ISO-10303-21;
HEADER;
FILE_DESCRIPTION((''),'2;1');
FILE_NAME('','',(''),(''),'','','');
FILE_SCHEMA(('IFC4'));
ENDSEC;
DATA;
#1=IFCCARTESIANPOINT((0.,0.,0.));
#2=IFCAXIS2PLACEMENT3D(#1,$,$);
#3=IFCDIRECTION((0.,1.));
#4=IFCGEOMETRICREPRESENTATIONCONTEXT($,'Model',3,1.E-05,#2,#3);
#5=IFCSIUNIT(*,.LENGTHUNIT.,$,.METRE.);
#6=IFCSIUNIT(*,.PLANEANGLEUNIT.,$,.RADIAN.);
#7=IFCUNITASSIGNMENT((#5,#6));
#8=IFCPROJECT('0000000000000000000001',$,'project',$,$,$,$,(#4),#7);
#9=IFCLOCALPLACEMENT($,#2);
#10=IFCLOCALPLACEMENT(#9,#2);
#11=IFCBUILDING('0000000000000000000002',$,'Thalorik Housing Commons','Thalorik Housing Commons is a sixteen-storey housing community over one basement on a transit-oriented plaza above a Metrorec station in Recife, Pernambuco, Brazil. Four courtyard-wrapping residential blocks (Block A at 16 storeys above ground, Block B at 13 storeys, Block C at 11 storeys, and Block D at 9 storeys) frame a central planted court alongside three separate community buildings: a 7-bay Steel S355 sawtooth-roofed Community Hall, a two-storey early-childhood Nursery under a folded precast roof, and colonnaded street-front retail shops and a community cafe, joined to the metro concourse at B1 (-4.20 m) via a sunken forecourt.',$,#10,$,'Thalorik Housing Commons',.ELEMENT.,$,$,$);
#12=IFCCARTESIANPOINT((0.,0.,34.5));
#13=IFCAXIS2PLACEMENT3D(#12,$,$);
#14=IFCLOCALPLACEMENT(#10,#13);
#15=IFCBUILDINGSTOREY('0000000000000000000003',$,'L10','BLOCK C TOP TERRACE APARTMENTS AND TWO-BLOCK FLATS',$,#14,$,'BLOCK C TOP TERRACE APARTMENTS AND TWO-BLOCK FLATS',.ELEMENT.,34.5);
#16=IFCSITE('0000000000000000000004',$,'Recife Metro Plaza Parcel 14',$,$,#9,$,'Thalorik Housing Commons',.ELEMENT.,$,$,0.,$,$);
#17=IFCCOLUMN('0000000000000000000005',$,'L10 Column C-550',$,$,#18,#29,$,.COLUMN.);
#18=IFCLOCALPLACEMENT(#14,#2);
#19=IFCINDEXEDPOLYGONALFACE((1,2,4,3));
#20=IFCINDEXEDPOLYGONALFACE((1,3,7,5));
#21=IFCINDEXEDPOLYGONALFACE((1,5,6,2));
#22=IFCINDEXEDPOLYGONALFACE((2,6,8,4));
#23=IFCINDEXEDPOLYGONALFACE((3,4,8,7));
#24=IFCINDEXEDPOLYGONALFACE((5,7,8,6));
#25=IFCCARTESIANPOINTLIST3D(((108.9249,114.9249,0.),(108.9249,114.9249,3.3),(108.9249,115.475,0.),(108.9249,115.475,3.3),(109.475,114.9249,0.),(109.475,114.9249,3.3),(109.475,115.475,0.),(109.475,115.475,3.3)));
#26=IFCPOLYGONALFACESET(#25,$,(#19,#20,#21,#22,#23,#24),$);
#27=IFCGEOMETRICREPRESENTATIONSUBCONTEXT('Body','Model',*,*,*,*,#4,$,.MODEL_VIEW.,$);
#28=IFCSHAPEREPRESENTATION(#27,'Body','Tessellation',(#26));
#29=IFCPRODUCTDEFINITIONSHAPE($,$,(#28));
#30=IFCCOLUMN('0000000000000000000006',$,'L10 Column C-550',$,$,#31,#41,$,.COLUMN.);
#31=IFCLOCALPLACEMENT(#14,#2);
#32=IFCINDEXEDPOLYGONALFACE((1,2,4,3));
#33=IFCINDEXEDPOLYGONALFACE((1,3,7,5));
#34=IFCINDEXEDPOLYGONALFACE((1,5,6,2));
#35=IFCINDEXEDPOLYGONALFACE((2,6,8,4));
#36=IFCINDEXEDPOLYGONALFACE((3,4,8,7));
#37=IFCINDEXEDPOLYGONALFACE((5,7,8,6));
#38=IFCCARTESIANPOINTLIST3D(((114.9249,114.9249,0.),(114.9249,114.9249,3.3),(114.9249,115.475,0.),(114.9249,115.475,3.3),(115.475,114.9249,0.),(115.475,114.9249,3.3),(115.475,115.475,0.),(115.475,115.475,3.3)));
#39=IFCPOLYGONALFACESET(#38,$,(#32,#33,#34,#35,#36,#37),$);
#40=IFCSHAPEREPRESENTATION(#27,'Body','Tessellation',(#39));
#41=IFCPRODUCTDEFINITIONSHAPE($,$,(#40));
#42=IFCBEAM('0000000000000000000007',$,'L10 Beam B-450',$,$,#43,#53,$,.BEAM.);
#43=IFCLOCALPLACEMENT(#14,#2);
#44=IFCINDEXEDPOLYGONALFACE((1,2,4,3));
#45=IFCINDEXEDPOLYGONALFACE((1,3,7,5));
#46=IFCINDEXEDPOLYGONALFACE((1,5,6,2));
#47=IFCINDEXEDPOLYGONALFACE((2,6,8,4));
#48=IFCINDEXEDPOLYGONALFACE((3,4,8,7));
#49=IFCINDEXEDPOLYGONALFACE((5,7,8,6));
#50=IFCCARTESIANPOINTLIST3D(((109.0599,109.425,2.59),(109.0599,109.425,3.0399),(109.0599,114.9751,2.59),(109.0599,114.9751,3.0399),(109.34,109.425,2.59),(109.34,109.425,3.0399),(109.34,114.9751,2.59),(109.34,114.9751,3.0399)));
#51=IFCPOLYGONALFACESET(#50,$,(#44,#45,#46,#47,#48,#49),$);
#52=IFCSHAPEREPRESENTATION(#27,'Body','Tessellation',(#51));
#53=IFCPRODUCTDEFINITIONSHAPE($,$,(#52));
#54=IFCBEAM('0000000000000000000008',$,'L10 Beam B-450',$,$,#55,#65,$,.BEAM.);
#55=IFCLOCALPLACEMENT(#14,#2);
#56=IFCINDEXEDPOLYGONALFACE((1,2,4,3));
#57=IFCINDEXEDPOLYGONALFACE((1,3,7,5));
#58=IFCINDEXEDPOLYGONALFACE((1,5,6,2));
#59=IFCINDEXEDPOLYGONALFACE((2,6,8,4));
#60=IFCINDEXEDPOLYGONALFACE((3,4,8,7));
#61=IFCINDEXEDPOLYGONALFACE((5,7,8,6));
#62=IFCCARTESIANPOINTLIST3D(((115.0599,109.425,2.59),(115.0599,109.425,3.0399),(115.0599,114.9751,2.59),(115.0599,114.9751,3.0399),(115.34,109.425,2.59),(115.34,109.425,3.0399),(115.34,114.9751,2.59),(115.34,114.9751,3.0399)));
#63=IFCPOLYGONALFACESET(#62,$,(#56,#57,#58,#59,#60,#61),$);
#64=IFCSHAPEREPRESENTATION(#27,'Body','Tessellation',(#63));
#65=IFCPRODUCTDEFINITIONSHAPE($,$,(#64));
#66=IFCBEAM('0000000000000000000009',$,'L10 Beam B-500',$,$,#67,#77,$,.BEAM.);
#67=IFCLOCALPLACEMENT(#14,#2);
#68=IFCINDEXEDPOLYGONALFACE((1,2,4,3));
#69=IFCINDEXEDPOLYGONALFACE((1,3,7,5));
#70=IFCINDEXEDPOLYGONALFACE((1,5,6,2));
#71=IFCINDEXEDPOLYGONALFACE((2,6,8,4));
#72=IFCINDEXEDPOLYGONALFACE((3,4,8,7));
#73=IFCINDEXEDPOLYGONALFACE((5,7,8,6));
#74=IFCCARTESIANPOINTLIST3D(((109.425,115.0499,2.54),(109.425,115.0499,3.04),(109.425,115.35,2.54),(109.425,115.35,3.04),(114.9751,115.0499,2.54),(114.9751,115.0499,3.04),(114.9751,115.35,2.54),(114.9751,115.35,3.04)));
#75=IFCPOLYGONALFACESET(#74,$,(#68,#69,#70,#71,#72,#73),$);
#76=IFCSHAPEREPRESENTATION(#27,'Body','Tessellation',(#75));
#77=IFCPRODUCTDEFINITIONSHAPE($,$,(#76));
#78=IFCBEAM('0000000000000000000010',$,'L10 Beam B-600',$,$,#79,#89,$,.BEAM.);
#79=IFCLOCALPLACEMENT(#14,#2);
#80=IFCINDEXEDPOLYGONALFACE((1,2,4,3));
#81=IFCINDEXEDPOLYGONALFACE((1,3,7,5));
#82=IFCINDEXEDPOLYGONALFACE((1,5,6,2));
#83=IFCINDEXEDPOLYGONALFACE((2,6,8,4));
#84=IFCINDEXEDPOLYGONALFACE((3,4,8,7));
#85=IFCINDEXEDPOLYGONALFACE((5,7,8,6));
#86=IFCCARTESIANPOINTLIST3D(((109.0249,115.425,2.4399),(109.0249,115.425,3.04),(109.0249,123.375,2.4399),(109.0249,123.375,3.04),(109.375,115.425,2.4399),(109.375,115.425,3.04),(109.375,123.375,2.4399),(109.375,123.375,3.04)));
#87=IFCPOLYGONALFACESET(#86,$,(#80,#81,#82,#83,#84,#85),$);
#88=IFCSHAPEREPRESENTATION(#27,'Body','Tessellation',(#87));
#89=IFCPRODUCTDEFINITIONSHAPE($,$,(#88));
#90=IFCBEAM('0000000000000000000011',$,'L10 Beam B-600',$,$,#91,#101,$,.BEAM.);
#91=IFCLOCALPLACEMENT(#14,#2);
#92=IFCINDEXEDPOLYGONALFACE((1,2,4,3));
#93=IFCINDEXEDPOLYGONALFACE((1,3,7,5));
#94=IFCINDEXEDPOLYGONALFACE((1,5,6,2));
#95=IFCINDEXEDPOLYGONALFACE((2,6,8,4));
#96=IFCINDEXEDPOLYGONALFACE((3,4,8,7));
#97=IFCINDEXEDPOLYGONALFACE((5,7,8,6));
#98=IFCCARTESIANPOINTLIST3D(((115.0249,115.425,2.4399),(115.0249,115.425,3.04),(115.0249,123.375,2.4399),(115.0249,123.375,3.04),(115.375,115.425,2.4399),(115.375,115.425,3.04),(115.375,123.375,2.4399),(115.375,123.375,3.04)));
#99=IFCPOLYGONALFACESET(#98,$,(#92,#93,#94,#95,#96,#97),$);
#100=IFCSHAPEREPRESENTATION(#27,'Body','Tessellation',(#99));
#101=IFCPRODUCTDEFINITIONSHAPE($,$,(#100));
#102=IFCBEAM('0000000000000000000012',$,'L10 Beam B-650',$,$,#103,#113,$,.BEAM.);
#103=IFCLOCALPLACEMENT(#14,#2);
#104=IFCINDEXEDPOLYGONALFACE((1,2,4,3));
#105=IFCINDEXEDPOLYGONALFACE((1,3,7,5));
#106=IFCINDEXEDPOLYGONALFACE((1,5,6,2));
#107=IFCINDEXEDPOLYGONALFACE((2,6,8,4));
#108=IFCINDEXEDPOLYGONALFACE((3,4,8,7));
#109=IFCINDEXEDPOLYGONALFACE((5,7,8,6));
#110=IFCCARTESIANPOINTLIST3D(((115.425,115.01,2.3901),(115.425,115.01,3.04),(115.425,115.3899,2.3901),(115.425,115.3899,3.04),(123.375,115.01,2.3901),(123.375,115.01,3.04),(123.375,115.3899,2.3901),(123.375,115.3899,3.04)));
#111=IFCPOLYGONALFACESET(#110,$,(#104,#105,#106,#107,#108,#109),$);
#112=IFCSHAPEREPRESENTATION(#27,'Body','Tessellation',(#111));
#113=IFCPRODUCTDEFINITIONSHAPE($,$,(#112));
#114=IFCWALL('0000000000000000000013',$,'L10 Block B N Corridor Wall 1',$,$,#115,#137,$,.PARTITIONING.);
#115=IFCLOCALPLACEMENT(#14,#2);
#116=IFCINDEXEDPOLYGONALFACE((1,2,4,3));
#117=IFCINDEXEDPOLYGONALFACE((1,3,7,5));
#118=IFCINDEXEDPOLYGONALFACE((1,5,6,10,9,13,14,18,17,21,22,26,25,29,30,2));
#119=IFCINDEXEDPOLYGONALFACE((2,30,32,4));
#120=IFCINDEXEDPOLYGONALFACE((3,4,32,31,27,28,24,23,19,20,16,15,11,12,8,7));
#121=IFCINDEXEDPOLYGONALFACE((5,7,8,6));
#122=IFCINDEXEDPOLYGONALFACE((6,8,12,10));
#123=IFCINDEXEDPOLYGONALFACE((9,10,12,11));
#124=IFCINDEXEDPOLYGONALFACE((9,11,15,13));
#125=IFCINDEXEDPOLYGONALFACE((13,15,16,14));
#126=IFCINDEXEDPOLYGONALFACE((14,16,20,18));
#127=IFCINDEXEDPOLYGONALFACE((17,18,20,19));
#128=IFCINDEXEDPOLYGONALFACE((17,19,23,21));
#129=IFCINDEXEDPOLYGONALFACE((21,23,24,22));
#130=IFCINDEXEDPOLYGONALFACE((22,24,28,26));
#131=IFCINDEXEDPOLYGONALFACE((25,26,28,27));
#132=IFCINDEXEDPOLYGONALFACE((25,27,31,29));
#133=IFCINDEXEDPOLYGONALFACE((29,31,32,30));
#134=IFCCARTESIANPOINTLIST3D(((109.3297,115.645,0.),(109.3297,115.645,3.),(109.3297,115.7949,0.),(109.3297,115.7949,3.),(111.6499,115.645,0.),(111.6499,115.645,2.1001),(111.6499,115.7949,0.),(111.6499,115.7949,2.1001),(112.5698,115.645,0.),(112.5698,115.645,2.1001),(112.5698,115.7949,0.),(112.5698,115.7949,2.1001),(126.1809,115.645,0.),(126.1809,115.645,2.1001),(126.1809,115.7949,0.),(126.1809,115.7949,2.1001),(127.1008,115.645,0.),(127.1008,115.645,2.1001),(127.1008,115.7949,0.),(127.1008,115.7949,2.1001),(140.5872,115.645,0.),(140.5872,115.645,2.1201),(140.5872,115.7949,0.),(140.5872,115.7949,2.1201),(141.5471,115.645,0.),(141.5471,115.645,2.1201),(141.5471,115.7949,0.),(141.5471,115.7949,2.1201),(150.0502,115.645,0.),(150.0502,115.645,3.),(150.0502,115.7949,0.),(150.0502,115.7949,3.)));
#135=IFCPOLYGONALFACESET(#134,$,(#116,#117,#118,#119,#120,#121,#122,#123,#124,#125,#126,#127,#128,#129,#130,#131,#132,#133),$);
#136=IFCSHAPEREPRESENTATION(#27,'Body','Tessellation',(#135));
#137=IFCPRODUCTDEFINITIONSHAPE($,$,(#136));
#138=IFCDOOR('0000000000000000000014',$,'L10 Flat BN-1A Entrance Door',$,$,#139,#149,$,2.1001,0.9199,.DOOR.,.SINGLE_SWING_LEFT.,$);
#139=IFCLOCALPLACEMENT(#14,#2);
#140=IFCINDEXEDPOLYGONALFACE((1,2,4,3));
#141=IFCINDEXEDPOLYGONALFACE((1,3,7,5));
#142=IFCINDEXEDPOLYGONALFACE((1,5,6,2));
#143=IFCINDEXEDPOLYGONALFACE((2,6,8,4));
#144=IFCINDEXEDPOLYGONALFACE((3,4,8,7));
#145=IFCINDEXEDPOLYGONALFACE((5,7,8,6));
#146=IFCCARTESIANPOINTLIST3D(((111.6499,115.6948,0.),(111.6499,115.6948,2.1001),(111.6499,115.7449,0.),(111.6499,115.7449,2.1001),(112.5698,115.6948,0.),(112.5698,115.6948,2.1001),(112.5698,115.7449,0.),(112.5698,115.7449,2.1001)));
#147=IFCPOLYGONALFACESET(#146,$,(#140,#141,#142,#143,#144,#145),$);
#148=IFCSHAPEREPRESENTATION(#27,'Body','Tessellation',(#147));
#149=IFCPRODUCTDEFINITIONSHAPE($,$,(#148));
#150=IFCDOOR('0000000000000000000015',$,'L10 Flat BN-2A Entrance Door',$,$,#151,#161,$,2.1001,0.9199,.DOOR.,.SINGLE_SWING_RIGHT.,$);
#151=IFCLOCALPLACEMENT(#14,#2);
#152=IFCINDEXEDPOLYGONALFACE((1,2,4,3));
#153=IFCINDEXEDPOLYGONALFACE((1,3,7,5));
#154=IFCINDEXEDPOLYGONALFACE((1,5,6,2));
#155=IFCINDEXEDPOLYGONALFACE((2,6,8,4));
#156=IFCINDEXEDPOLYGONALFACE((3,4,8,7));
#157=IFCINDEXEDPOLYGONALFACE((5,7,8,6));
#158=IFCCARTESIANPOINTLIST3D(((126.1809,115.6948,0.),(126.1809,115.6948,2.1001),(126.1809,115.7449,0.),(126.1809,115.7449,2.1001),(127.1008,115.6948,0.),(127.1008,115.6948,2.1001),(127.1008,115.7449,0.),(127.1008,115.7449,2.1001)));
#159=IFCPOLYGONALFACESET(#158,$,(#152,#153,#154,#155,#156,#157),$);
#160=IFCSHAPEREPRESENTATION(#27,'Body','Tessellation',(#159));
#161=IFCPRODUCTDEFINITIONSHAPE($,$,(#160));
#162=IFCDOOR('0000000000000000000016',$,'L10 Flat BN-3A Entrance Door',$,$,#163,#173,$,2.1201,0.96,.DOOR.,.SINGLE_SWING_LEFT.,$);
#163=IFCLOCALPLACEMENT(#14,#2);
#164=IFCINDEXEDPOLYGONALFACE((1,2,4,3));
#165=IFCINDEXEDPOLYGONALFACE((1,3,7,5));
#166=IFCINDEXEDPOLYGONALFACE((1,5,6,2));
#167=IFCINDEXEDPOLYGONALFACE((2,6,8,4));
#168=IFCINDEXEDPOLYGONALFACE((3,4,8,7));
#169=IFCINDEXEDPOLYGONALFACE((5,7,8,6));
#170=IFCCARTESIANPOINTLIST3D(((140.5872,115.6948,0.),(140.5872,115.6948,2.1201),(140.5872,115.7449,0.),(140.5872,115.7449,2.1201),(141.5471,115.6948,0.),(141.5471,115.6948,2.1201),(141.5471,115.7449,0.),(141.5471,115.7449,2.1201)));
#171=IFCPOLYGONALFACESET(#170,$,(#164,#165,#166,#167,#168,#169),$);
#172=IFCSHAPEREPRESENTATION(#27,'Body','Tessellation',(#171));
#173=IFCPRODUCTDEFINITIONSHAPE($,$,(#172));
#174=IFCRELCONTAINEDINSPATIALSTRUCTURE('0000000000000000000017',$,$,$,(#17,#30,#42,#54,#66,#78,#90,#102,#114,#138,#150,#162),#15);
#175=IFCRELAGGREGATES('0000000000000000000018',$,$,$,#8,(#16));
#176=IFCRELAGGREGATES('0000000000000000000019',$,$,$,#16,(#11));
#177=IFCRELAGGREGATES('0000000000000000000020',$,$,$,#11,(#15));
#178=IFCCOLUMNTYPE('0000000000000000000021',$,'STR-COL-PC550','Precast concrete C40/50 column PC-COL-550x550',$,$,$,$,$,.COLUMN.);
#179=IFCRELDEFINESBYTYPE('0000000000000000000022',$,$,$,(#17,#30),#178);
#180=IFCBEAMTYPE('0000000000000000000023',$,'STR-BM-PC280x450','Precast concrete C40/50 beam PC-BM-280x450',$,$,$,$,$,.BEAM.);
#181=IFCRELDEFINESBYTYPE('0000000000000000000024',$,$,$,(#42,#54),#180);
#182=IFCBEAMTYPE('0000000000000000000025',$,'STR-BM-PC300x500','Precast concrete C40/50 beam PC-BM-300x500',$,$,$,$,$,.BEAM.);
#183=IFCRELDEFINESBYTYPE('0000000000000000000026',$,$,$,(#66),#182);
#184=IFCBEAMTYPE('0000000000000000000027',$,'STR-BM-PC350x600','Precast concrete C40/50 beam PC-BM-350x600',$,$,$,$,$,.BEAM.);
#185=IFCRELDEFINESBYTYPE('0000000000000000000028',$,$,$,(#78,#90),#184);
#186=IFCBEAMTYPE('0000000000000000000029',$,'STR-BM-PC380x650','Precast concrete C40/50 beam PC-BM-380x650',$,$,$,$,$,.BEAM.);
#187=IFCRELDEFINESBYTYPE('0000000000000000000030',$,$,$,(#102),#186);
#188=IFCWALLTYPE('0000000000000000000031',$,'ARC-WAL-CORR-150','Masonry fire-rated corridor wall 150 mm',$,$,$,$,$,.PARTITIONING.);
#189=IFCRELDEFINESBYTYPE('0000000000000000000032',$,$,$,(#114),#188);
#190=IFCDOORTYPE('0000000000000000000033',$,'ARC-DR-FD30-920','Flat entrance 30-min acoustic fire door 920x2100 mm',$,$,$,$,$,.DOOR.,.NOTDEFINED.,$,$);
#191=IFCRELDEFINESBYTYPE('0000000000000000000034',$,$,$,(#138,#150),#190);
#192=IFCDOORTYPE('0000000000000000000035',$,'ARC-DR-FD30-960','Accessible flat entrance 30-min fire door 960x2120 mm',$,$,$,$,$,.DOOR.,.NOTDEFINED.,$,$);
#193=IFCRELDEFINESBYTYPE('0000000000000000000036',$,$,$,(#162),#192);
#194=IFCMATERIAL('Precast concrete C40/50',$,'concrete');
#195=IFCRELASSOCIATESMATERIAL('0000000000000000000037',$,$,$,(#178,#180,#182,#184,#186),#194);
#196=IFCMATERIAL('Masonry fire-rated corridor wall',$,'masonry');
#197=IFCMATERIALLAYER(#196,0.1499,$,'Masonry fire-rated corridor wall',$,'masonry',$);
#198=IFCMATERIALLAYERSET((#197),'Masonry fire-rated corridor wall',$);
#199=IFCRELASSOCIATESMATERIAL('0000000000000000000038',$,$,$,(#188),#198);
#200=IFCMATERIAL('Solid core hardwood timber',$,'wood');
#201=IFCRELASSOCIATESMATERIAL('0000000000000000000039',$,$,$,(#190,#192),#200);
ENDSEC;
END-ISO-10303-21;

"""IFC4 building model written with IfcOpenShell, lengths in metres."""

from ifc_helpers import new_model, si_unit, direction, frame, frame_2d, origin, origin_2d, place, context, subcontext, project, spatial, rectangle, extrude, material, layer, layer_set, material_profile, profile_set, type_object, element, fill, save


model = new_model("IFC4")

# Units and contexts
model_context = context("Model", 3, precision=1e-05, world=origin(), true_north=direction((0.0, 1.0)))
body_context = subcontext(model_context, "Body", "Model", "MODEL_VIEW")
ifc_project = project(units=[si_unit("LENGTHUNIT", "METRE"), si_unit("PLANEANGLEUNIT", "RADIAN")], contexts=[model_context])

# Site, building, storey
site_placement = place(None, origin())
site = spatial("IfcSite", under=ifc_project, at=site_placement, Name="Recife Metro Plaza Parcel 14", LongName="Thalorik Housing Commons", CompositionType="ELEMENT", RefElevation=0.0)
building_placement = place(site_placement, origin())
building = spatial("IfcBuilding", under=site, at=building_placement, Name="Thalorik Housing Commons", Description="Thalorik Housing Commons is a sixteen-storey housing community over one basement on a transit-oriented plaza above a Metrorec station in Recife, Pernambuco, Brazil. Four courtyard-wrapping residential blocks (Block A at 16 storeys above ground, Block B at 13 storeys, Block C at 11 storeys, and Block D at 9 storeys) frame a central planted court alongside three separate community buildings: a 7-bay Steel S355 sawtooth-roofed Community Hall, a two-storey early-childhood Nursery under a folded precast roof, and colonnaded street-front retail shops and a community cafe, joined to the metro concourse at B1 (-4.20 m) via a sunken forecourt.", LongName="Thalorik Housing Commons", CompositionType="ELEMENT")
storey_placement = place(building_placement, frame((0.0, 0.0, 34.5)))
storey = spatial("IfcBuildingStorey", under=building, at=storey_placement, Name="L10", Description="BLOCK C TOP TERRACE APARTMENTS AND TWO-BLOCK FLATS", LongName="BLOCK C TOP TERRACE APARTMENTS AND TWO-BLOCK FLATS", CompositionType="ELEMENT", Elevation=34.5)

# Columns
ifc_material_1 = material(Name="Precast concrete C40/50", Category="concrete")
ifc_material_profile_1 = material_profile(ifc_material_1, rectangle(XDim=0.55, YDim=0.55, at=origin_2d()), Name="PC 550x550", Category="concrete")
ifc_profile_set_1 = profile_set([ifc_material_profile_1], Name="Precast concrete C40/50")
column_type = type_object("IfcColumnType", Name="STR-COL-PC550", Description="Precast concrete C40/50 column PC-COL-550x550", PredefinedType="COLUMN", material=ifc_profile_set_1)
for number, where, z_axis, x_axis, name in (
    (1, (109.2, 115.2, 0.0), (0.0, 0.0, 1.0), (1.0, 0.0, 0.0), "L10 Column C-550"),
    (2, (115.2, 115.2, 0.0), (0.0, 0.0, 1.0), (1.0, 0.0, 0.0), "L10 Column C-550"),
):
    element("IfcColumn", number, at=place(storey_placement, frame(where, z_axis=z_axis, x_axis=x_axis)), inside=storey, type_object=column_type, Name=name, PredefinedType="COLUMN", context=body_context, shape_type="SweptSolid", body=[
        extrude(rectangle(XDim=0.55, YDim=0.55, at=origin_2d()), origin(), (0.0, 0.0, 1.0), 3.3),
    ])

# Beams
ifc_material_profile_2 = material_profile(ifc_material_1, rectangle(XDim=0.28, YDim=0.45, at=origin_2d()), Name="PC 280x450", Category="concrete")
ifc_profile_set_2 = profile_set([ifc_material_profile_2], Name="Precast concrete C40/50")
beam_type_1 = type_object("IfcBeamType", Name="STR-BM-PC280x450", Description="Precast concrete C40/50 beam PC-BM-280x450", PredefinedType="BEAM", material=ifc_profile_set_2)
for number, where, z_axis, x_axis, name in (
    (3, (109.2, 109.425, 2.8149), (0.0, 1.0, 0.0), (-1.0, 0.0, 0.0), "L10 Beam B-450"),
    (4, (115.2, 109.425, 2.8149), (0.0, 1.0, 0.0), (-1.0, 0.0, 0.0), "L10 Beam B-450"),
):
    element("IfcBeam", number, at=place(storey_placement, frame(where, z_axis=z_axis, x_axis=x_axis)), inside=storey, type_object=beam_type_1, Name=name, PredefinedType="BEAM", context=body_context, shape_type="SweptSolid", body=[
        extrude(rectangle(XDim=0.28, YDim=0.45, at=origin_2d()), origin(), (0.0, 0.0, 1.0), 5.55),
    ])
ifc_material_profile_3 = material_profile(ifc_material_1, rectangle(XDim=0.3, YDim=0.5, at=origin_2d()), Name="PC 300x500", Category="concrete")
ifc_profile_set_3 = profile_set([ifc_material_profile_3], Name="Precast concrete C40/50")
beam_type_2 = type_object("IfcBeamType", Name="STR-BM-PC300x500", Description="Precast concrete C40/50 beam PC-BM-300x500", PredefinedType="BEAM", material=ifc_profile_set_3)
beam_1_placement = place(storey_placement, frame((109.425, 115.2, 2.79), z_axis=(1.0, 0.0, 0.0), x_axis=(0.0, 1.0, 0.0)))
element("IfcBeam", 5, at=beam_1_placement, inside=storey, type_object=beam_type_2, Name="L10 Beam B-500", PredefinedType="BEAM", context=body_context, shape_type="SweptSolid", body=[
    extrude(rectangle(XDim=0.3, YDim=0.5, at=origin_2d()), origin(), (0.0, 0.0, 1.0), 5.55),
])
ifc_material_profile_4 = material_profile(ifc_material_1, rectangle(XDim=0.3501, YDim=0.6001, at=origin_2d()), Name="PC 350x600", Category="concrete")
ifc_profile_set_4 = profile_set([ifc_material_profile_4], Name="Precast concrete C40/50")
beam_type_3 = type_object("IfcBeamType", Name="STR-BM-PC350x600", Description="Precast concrete C40/50 beam PC-BM-350x600", PredefinedType="BEAM", material=ifc_profile_set_4)
for number, where, z_axis, x_axis, name in (
    (6, (109.2, 115.425, 2.74), (0.0, 1.0, 0.0), (-1.0, 0.0, 0.0), "L10 Beam B-600"),
    (7, (115.2, 115.425, 2.74), (0.0, 1.0, 0.0), (-1.0, 0.0, 0.0), "L10 Beam B-600"),
):
    element("IfcBeam", number, at=place(storey_placement, frame(where, z_axis=z_axis, x_axis=x_axis)), inside=storey, type_object=beam_type_3, Name=name, PredefinedType="BEAM", context=body_context, shape_type="SweptSolid", body=[
        extrude(rectangle(XDim=0.3501, YDim=0.6001, at=origin_2d()), origin(), (0.0, 0.0, 1.0), 7.95),
    ])
ifc_material_profile_5 = material_profile(ifc_material_1, rectangle(XDim=0.3799, YDim=0.6499, at=origin_2d()), Name="PC 380x650", Category="concrete")
ifc_profile_set_5 = profile_set([ifc_material_profile_5], Name="Precast concrete C40/50")
beam_type_4 = type_object("IfcBeamType", Name="STR-BM-PC380x650", Description="Precast concrete C40/50 beam PC-BM-380x650", PredefinedType="BEAM", material=ifc_profile_set_5)
beam_2_placement = place(storey_placement, frame((115.425, 115.2, 2.7151), z_axis=(1.0, 0.0, 0.0), x_axis=(0.0, 1.0, 0.0)))
element("IfcBeam", 8, at=beam_2_placement, inside=storey, type_object=beam_type_4, Name="L10 Beam B-650", PredefinedType="BEAM", context=body_context, shape_type="SweptSolid", body=[
    extrude(rectangle(XDim=0.3799, YDim=0.6499, at=origin_2d()), origin(), (0.0, 0.0, 1.0), 7.95),
])

# Wall, openings, doors
ifc_material_2 = material(Name="Masonry fire-rated corridor wall", Category="masonry")
ifc_layer_1 = layer(ifc_material_2, 0.1499, Name="Masonry fire-rated corridor wall", Category="masonry")
ifc_layer_set_1 = layer_set([ifc_layer_1], Name="Masonry fire-rated corridor wall")
wall_type_1 = type_object("IfcWallType", Name="ARC-WAL-CORR-150", Description="Masonry fire-rated corridor wall 150 mm", PredefinedType="PARTITIONING", material=ifc_layer_set_1)
wall_1_placement = place(storey_placement, frame((109.3296, 115.72, 0.0), z_axis=(0.0, 0.0, 1.0), x_axis=(1.0, 0.0, 0.0)))
wall_1 = element("IfcWall", 9, at=wall_1_placement, inside=storey, type_object=wall_type_1, Name="L10 Block B N Corridor Wall 1", PredefinedType="PARTITIONING", context=body_context, shape_type="SweptSolid", body=[
    extrude(rectangle(XDim=40.7205, YDim=0.1499, at=frame_2d((20.3604, 0.0))), origin(), (0.0, 0.0, 1.0), 3.0),
])
opening_1_placement = place(wall_1_placement, frame((2.3203, 0.0, 0.0)))
opening_1 = element("IfcOpeningElement", 10, at=opening_1_placement, cuts=wall_1, PredefinedType="OPENING", context=body_context, shape_type="SweptSolid", body=[
    extrude(rectangle(XDim=0.9199, YDim=2.1001, at=frame_2d((0.46, 1.05))), frame((0.0, 0.085, 0.0), z_axis=(0.0, -1.0, 0.0), x_axis=(1.0, 0.0, 0.0)), (0.0, 0.0, 1.0), 0.1699),
])
opening_2_placement = place(wall_1_placement, frame((16.8513, 0.0, 0.0)))
opening_2 = element("IfcOpeningElement", 11, at=opening_2_placement, cuts=wall_1, PredefinedType="OPENING", context=body_context, shape_type="SweptSolid", body=[
    extrude(rectangle(XDim=0.9199, YDim=2.1001, at=frame_2d((0.46, 1.05))), frame((0.0, 0.085, 0.0), z_axis=(0.0, -1.0, 0.0), x_axis=(1.0, 0.0, 0.0)), (0.0, 0.0, 1.0), 0.1699),
])
opening_3_placement = place(wall_1_placement, frame((31.2576, 0.0, 0.0)))
opening_3 = element("IfcOpeningElement", 12, at=opening_3_placement, cuts=wall_1, PredefinedType="OPENING", context=body_context, shape_type="SweptSolid", body=[
    extrude(rectangle(XDim=0.96, YDim=2.1201, at=frame_2d((0.48, 1.0601))), frame((0.0, 0.085, 0.0), z_axis=(0.0, -1.0, 0.0), x_axis=(1.0, 0.0, 0.0)), (0.0, 0.0, 1.0), 0.1699),
])
ifc_material_3 = material(Name="Solid core hardwood timber", Category="wood")
door_type_1 = type_object("IfcDoorType", Name="ARC-DR-FD30-920", Description="Flat entrance 30-min acoustic fire door 920x2100 mm", OperationType="NOTDEFINED", PredefinedType="DOOR", material=ifc_material_3)
door_1_placement = place(opening_1_placement, origin())
door_1 = element("IfcDoor", 13, at=door_1_placement, inside=storey, type_object=door_type_1, Name="L10 Flat BN-1A Entrance Door", OperationType="SINGLE_SWING_LEFT", OverallHeight=2.1001, OverallWidth=0.9199, PredefinedType="DOOR", context=body_context, shape_type="SweptSolid", body=[
    extrude(rectangle(XDim=0.9199, YDim=2.1001, at=frame_2d((0.46, 1.05))), frame((0.0, 0.0249, 0.0), z_axis=(0.0, -1.0, 0.0), x_axis=(1.0, 0.0, 0.0)), (0.0, 0.0, 1.0), 0.05),
])
fill(opening_1, door_1)
door_2_placement = place(opening_2_placement, origin())
door_2 = element("IfcDoor", 14, at=door_2_placement, inside=storey, type_object=door_type_1, Name="L10 Flat BN-2A Entrance Door", OperationType="SINGLE_SWING_RIGHT", OverallHeight=2.1001, OverallWidth=0.9199, PredefinedType="DOOR", context=body_context, shape_type="SweptSolid", body=[
    extrude(rectangle(XDim=0.9199, YDim=2.1001, at=frame_2d((0.46, 1.05))), frame((0.0, 0.0249, 0.0), z_axis=(0.0, -1.0, 0.0), x_axis=(1.0, 0.0, 0.0)), (0.0, 0.0, 1.0), 0.05),
])
fill(opening_2, door_2)
door_type_2 = type_object("IfcDoorType", Name="ARC-DR-FD30-960", Description="Accessible flat entrance 30-min fire door 960x2120 mm", OperationType="NOTDEFINED", PredefinedType="DOOR", material=ifc_material_3)
door_3_placement = place(opening_3_placement, origin())
door_3 = element("IfcDoor", 15, at=door_3_placement, inside=storey, type_object=door_type_2, Name="L10 Flat BN-3A Entrance Door", OperationType="SINGLE_SWING_LEFT", OverallHeight=2.1201, OverallWidth=0.96, PredefinedType="DOOR", context=body_context, shape_type="SweptSolid", body=[
    extrude(rectangle(XDim=0.96, YDim=2.1201, at=frame_2d((0.48, 1.0601))), frame((0.0, 0.0249, 0.0), z_axis=(0.0, -1.0, 0.0), x_axis=(1.0, 0.0, 0.0)), (0.0, 0.0, 1.0), 0.05),
])
fill(opening_3, door_3)

save(model, "model.ifc")
